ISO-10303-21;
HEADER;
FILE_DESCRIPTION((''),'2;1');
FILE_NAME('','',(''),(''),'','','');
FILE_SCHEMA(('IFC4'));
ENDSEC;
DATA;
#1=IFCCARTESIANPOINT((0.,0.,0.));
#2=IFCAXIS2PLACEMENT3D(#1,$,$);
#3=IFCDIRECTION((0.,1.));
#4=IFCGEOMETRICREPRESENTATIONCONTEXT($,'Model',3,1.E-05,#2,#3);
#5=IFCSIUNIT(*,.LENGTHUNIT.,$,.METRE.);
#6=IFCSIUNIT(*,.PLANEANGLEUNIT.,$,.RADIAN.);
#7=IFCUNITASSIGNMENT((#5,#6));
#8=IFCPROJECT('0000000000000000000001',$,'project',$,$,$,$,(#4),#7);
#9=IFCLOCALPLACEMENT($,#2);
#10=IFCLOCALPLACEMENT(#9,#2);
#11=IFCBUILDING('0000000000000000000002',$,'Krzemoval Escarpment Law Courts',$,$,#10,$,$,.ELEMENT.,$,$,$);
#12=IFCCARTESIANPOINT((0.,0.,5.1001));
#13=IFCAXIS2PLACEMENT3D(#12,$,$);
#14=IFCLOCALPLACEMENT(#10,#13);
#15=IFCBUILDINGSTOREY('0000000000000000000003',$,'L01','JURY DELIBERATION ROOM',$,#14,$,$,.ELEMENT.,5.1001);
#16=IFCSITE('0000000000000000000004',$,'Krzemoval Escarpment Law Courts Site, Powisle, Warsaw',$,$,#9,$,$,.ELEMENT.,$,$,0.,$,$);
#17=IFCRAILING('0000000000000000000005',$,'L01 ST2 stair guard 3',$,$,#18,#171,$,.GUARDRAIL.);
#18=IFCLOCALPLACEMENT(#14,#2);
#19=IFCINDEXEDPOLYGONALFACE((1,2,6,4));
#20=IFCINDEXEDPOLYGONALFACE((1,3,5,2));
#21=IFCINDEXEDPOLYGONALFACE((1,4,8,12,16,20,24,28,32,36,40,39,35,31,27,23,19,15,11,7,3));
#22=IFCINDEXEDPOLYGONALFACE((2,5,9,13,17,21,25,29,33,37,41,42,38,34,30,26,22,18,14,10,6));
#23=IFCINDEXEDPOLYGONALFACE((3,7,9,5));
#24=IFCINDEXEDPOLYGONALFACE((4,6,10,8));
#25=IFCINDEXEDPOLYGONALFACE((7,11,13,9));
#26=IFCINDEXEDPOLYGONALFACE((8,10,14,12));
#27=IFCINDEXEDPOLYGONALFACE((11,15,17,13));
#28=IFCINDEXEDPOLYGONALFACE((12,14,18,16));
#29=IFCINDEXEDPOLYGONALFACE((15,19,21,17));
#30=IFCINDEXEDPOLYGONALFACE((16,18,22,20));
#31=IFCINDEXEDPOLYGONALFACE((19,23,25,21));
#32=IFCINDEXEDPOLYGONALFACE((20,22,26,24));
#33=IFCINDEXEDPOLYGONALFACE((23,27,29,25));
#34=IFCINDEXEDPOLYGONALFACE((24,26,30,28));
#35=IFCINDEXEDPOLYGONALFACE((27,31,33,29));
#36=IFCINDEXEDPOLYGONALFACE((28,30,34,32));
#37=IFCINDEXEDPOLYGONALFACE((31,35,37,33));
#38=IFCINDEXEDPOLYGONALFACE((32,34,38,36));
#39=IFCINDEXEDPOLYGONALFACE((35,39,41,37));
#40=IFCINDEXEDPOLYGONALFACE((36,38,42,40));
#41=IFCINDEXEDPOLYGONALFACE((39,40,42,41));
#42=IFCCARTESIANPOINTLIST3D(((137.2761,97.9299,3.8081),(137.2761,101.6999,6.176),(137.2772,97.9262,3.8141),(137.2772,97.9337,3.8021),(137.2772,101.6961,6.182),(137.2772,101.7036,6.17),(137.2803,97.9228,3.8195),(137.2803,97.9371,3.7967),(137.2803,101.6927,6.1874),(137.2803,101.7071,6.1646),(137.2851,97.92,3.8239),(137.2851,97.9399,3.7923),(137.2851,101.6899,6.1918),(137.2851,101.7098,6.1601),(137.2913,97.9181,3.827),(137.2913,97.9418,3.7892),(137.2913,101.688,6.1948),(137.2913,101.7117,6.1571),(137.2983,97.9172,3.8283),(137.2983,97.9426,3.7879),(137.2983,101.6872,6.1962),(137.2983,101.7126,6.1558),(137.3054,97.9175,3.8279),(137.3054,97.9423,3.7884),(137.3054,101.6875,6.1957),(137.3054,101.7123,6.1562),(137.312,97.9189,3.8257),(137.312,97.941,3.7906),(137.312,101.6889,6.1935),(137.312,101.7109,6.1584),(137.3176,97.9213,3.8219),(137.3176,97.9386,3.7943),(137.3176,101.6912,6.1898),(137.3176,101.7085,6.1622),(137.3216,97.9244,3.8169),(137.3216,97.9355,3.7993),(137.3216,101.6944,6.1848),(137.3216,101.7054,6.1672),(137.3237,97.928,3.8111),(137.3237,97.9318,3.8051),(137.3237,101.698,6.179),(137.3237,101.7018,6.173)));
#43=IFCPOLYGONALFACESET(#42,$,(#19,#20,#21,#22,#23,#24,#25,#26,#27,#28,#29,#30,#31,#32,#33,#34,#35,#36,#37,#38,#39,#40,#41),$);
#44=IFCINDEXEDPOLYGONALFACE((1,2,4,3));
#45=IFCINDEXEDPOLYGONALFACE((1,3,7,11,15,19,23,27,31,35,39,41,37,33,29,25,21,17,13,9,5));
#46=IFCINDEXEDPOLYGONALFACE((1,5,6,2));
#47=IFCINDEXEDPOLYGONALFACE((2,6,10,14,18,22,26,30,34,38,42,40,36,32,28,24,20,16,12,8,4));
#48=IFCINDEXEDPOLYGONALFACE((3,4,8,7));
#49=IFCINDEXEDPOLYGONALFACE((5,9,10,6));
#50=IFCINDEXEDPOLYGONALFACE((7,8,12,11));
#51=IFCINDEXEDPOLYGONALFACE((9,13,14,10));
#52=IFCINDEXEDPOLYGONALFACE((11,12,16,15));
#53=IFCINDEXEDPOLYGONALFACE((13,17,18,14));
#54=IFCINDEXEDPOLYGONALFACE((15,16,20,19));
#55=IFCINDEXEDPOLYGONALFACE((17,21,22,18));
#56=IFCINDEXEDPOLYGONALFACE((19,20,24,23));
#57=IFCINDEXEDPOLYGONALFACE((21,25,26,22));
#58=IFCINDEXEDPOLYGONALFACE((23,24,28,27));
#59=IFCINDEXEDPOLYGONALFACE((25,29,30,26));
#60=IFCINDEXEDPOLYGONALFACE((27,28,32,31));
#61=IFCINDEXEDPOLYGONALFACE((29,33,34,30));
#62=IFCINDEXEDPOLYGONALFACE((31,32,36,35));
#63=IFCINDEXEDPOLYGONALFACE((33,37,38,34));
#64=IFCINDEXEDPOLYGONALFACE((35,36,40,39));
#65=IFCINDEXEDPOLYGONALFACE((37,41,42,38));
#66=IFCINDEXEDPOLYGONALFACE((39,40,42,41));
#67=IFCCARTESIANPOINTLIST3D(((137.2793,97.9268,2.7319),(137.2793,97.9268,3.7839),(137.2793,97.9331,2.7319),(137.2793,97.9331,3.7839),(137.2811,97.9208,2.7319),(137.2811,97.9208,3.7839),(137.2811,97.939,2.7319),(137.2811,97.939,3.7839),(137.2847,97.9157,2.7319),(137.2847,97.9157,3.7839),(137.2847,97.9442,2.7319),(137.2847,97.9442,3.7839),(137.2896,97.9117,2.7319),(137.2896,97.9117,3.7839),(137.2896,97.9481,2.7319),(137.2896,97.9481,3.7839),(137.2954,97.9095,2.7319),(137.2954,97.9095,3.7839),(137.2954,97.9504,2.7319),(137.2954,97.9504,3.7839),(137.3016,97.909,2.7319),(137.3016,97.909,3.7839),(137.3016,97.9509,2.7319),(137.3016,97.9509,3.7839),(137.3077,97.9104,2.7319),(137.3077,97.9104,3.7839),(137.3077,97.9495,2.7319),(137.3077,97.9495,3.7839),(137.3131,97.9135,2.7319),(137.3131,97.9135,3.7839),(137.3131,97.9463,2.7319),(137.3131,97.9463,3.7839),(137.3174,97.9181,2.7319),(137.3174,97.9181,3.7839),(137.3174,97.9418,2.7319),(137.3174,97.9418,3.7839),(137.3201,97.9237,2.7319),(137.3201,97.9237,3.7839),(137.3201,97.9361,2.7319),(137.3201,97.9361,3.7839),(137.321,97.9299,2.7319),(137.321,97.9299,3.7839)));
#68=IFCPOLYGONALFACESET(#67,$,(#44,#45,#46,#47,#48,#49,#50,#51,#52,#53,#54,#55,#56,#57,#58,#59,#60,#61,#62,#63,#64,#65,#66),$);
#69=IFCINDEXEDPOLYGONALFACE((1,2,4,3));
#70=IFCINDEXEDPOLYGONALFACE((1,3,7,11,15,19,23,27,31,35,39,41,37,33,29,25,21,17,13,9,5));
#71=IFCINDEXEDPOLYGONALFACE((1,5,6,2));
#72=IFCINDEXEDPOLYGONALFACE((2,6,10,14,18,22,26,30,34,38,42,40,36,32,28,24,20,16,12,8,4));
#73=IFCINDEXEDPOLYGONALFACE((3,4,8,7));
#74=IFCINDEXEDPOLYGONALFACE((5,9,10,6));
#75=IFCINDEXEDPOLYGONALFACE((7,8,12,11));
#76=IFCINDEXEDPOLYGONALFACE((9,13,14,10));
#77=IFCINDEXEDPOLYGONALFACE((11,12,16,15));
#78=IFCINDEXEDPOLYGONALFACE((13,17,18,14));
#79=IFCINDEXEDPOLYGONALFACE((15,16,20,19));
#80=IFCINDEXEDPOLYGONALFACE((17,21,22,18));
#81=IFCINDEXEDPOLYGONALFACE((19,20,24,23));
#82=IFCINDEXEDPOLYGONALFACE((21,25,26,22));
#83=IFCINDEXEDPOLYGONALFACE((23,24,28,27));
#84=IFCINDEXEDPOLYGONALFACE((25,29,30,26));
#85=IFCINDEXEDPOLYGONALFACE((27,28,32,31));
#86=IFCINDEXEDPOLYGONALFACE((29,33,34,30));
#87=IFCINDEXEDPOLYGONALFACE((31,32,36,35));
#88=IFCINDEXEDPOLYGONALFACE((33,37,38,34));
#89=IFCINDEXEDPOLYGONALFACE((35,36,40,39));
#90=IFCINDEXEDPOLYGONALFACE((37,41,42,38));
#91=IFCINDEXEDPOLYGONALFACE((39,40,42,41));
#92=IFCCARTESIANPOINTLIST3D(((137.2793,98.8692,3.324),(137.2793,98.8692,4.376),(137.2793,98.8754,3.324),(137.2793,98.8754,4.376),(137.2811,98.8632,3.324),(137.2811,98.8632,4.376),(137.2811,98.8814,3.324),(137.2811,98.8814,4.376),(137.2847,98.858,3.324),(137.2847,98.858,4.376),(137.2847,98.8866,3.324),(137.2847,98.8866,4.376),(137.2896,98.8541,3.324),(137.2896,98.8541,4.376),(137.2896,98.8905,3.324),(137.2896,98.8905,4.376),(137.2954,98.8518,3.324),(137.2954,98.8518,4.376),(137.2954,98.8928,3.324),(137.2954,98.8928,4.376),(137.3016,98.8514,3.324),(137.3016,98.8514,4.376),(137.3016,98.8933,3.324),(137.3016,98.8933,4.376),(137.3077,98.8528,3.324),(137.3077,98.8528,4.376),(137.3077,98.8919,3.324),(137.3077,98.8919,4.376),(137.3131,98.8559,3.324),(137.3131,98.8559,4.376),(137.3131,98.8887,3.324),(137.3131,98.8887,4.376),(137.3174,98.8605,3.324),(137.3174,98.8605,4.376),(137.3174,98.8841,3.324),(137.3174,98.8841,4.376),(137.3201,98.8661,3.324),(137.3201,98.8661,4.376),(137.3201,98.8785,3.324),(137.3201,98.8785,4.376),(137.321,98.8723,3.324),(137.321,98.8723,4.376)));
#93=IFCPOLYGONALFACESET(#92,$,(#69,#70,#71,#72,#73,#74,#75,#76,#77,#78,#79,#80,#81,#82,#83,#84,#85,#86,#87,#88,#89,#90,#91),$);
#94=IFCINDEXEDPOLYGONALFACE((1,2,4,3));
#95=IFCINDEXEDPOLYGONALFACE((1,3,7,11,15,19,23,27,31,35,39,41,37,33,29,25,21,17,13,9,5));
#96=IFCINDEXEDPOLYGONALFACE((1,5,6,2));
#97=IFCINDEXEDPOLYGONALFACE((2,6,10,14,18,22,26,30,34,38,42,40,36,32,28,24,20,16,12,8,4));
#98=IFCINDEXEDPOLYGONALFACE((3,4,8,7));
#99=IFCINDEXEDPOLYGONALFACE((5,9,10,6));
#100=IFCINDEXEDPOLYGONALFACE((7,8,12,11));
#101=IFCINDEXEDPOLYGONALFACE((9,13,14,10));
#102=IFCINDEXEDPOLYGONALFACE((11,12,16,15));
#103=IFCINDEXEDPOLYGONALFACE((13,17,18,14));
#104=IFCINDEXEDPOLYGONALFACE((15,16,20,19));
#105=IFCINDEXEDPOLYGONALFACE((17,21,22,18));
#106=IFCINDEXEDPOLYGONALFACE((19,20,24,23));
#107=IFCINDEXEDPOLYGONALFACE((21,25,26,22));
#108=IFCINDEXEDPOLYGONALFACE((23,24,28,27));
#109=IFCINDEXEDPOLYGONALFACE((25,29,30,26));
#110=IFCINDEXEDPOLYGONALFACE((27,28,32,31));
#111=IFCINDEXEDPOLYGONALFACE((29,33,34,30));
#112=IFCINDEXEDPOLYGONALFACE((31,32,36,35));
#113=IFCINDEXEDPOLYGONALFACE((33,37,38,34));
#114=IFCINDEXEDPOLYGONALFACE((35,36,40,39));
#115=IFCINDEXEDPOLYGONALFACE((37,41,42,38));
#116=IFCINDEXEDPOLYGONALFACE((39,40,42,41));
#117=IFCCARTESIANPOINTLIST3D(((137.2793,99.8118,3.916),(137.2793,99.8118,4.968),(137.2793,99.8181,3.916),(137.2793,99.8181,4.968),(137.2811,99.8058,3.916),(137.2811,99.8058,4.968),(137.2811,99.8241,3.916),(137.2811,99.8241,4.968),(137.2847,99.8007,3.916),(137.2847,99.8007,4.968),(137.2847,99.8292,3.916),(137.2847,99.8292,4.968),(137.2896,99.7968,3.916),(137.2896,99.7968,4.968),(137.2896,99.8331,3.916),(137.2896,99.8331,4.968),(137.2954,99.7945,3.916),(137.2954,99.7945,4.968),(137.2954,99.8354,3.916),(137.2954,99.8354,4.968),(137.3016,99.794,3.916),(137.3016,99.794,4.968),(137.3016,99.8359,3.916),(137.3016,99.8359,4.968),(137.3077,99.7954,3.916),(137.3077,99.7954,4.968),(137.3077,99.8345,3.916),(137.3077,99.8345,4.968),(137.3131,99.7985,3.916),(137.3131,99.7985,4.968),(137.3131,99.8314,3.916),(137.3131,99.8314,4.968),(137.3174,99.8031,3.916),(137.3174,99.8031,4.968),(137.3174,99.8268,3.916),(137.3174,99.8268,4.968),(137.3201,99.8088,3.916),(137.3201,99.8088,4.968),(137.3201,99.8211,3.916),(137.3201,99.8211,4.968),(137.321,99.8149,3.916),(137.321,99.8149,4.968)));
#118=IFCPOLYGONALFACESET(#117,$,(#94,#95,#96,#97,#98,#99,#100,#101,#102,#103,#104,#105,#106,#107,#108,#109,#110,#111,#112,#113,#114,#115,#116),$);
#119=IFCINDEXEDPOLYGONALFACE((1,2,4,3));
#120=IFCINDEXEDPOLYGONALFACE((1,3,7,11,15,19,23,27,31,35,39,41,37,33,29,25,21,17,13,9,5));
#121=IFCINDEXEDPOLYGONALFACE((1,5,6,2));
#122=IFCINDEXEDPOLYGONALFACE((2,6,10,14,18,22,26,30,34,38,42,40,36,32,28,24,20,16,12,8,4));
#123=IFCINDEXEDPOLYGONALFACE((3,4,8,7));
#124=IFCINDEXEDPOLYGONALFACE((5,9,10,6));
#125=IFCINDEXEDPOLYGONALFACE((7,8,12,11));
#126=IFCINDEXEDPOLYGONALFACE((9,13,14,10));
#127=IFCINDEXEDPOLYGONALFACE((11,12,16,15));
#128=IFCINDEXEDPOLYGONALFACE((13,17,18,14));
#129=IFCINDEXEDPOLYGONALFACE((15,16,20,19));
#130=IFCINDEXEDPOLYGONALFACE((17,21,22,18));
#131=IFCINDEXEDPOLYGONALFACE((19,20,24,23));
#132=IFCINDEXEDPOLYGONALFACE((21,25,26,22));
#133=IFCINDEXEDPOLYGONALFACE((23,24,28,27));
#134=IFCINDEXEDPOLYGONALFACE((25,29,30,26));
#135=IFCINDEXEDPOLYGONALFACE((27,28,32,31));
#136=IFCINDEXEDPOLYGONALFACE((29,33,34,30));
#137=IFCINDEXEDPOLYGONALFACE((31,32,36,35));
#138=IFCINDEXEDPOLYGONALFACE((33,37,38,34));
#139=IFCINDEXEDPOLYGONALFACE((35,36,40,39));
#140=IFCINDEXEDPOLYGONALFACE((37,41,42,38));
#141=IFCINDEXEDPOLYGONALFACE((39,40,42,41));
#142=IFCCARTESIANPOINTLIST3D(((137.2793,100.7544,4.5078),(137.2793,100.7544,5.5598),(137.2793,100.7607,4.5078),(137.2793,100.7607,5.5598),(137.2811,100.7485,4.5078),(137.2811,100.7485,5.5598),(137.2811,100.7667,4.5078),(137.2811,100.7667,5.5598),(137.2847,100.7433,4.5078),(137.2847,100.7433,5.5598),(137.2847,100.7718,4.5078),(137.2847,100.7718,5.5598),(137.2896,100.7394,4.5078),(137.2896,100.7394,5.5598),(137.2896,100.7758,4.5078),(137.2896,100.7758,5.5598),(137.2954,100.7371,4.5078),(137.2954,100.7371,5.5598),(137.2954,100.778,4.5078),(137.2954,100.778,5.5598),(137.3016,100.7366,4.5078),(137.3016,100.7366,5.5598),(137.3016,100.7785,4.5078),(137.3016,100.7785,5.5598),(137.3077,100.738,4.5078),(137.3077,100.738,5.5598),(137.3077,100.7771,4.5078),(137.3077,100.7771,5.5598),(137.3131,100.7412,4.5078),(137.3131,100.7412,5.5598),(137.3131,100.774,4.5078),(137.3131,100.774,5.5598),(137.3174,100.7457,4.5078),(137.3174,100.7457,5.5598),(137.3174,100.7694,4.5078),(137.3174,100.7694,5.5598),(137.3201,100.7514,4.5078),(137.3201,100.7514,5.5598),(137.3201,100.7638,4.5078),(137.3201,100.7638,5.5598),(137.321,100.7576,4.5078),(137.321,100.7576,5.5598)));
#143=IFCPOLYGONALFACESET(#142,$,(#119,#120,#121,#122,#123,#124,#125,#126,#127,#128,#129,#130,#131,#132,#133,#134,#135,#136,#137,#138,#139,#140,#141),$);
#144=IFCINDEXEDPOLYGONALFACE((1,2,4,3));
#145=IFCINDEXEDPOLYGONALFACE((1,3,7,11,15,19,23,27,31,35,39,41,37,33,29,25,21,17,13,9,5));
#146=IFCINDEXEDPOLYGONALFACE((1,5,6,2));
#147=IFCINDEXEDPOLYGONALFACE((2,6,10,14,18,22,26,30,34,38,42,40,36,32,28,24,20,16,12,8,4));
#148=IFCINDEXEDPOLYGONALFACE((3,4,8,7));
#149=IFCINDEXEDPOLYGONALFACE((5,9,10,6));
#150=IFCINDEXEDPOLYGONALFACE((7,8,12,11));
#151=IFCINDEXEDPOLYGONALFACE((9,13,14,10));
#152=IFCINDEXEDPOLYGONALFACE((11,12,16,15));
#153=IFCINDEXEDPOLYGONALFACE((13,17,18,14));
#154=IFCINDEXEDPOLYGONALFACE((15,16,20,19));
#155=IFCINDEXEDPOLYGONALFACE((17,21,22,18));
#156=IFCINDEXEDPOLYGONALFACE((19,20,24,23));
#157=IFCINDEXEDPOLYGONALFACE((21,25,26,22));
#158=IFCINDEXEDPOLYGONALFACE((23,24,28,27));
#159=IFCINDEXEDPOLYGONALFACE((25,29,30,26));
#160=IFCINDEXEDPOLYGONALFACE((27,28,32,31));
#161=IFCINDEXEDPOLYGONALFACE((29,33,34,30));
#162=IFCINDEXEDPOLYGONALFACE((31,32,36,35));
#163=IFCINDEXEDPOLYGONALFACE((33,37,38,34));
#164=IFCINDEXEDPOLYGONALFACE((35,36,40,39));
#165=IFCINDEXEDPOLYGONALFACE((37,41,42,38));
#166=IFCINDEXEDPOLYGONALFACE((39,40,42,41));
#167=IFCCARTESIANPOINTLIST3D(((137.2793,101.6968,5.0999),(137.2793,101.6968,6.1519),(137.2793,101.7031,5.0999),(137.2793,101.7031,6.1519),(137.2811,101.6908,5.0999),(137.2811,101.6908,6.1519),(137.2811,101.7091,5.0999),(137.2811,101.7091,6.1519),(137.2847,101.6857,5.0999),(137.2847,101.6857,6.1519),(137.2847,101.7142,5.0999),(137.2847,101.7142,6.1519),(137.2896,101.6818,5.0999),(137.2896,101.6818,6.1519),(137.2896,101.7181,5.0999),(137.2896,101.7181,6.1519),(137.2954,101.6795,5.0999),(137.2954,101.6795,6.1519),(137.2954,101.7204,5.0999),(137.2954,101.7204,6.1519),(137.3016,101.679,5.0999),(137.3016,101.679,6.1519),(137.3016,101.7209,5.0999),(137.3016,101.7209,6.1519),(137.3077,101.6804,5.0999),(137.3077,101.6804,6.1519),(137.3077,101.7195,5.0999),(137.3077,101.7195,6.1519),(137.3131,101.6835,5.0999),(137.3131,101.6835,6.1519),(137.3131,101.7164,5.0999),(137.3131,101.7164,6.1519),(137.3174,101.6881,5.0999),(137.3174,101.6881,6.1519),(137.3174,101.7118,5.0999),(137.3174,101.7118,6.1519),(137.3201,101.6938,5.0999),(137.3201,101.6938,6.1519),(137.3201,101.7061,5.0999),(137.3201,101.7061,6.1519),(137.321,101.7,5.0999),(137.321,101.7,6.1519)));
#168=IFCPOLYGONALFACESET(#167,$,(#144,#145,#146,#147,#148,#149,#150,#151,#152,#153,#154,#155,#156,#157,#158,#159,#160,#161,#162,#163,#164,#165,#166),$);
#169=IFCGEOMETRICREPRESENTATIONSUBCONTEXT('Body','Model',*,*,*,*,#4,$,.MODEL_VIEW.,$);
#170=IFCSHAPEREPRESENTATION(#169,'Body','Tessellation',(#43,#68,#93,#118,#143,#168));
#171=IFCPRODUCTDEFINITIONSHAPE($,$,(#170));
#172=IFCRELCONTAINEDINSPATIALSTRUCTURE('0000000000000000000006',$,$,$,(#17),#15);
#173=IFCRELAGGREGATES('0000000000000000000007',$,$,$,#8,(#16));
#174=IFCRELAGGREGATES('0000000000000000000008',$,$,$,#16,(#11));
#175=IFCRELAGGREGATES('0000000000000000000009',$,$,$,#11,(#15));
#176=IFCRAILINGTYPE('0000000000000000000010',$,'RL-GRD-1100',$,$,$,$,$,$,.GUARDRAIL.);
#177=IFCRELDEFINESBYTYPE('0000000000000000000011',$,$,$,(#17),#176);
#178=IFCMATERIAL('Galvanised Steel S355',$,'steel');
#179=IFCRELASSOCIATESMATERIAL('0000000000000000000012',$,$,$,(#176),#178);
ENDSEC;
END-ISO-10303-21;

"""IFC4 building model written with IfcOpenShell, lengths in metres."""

from ifc_helpers import new_model, si_unit, direction, frame, origin, origin_2d, place, context, subcontext, project, spatial, circle, extrude, material, type_object, element, save


model = new_model("IFC4")

# Units and contexts
model_context = context("Model", 3, precision=1e-05, world=origin(), true_north=direction((0.0, 1.0)))
body_context = subcontext(model_context, "Body", "Model", "MODEL_VIEW")
ifc_project = project(units=[si_unit("LENGTHUNIT", "METRE"), si_unit("PLANEANGLEUNIT", "RADIAN")], contexts=[model_context])

# Site, building, storey
site_placement = place(None, origin())
site = spatial("IfcSite", under=ifc_project, at=site_placement, Name="Krzemoval Escarpment Law Courts Site, Powisle, Warsaw", CompositionType="ELEMENT", RefElevation=0.0)
building_placement = place(site_placement, origin())
building = spatial("IfcBuilding", under=site, at=building_placement, Name="Krzemoval Escarpment Law Courts", CompositionType="ELEMENT")
storey_placement = place(building_placement, frame((0.0, 0.0, 5.1001)))
storey = spatial("IfcBuildingStorey", under=building, at=storey_placement, Name="L01", Description="JURY DELIBERATION ROOM", CompositionType="ELEMENT", Elevation=5.1001)

# Railing
ifc_material_1 = material(Name="Galvanised Steel S355", Category="steel")
railing_type_1 = type_object("IfcRailingType", Name="RL-GRD-1100", PredefinedType="GUARDRAIL", material=ifc_material_1)
railing_1_placement = place(storey_placement, frame((137.3, 97.9299, 2.7319)))
element("IfcRailing", 1, at=railing_1_placement, inside=storey, type_object=railing_type_1, Name="L01 ST2 stair guard 3", PredefinedType="GUARDRAIL", context=body_context, shape_type="SweptSolid", body=[
    extrude(circle(Radius=0.0239, at=origin_2d()), frame((0.0, 0.0, 1.0762), z_axis=(0.0, 0.846819, 0.531881), x_axis=(-1.0, 0.0, 0.0)), (0.0, 0.0, 1.0), 4.4519),
    extrude(circle(Radius=0.021, at=origin_2d()), origin(), (0.0, 0.0, 1.0), 1.052),
    extrude(circle(Radius=0.021, at=origin_2d()), frame((0.0, 0.9424, 0.592)), (0.0, 0.0, 1.0), 1.052),
    extrude(circle(Radius=0.021, at=origin_2d()), frame((0.0, 1.885, 1.1841)), (0.0, 0.0, 1.0), 1.052),
    extrude(circle(Radius=0.021, at=origin_2d()), frame((0.0, 2.8276, 1.7759)), (0.0, 0.0, 1.0), 1.052),
    extrude(circle(Radius=0.021, at=origin_2d()), frame((0.0, 3.77, 2.3679)), (0.0, 0.0, 1.0), 1.052),
])

save(model, "model.ifc")
